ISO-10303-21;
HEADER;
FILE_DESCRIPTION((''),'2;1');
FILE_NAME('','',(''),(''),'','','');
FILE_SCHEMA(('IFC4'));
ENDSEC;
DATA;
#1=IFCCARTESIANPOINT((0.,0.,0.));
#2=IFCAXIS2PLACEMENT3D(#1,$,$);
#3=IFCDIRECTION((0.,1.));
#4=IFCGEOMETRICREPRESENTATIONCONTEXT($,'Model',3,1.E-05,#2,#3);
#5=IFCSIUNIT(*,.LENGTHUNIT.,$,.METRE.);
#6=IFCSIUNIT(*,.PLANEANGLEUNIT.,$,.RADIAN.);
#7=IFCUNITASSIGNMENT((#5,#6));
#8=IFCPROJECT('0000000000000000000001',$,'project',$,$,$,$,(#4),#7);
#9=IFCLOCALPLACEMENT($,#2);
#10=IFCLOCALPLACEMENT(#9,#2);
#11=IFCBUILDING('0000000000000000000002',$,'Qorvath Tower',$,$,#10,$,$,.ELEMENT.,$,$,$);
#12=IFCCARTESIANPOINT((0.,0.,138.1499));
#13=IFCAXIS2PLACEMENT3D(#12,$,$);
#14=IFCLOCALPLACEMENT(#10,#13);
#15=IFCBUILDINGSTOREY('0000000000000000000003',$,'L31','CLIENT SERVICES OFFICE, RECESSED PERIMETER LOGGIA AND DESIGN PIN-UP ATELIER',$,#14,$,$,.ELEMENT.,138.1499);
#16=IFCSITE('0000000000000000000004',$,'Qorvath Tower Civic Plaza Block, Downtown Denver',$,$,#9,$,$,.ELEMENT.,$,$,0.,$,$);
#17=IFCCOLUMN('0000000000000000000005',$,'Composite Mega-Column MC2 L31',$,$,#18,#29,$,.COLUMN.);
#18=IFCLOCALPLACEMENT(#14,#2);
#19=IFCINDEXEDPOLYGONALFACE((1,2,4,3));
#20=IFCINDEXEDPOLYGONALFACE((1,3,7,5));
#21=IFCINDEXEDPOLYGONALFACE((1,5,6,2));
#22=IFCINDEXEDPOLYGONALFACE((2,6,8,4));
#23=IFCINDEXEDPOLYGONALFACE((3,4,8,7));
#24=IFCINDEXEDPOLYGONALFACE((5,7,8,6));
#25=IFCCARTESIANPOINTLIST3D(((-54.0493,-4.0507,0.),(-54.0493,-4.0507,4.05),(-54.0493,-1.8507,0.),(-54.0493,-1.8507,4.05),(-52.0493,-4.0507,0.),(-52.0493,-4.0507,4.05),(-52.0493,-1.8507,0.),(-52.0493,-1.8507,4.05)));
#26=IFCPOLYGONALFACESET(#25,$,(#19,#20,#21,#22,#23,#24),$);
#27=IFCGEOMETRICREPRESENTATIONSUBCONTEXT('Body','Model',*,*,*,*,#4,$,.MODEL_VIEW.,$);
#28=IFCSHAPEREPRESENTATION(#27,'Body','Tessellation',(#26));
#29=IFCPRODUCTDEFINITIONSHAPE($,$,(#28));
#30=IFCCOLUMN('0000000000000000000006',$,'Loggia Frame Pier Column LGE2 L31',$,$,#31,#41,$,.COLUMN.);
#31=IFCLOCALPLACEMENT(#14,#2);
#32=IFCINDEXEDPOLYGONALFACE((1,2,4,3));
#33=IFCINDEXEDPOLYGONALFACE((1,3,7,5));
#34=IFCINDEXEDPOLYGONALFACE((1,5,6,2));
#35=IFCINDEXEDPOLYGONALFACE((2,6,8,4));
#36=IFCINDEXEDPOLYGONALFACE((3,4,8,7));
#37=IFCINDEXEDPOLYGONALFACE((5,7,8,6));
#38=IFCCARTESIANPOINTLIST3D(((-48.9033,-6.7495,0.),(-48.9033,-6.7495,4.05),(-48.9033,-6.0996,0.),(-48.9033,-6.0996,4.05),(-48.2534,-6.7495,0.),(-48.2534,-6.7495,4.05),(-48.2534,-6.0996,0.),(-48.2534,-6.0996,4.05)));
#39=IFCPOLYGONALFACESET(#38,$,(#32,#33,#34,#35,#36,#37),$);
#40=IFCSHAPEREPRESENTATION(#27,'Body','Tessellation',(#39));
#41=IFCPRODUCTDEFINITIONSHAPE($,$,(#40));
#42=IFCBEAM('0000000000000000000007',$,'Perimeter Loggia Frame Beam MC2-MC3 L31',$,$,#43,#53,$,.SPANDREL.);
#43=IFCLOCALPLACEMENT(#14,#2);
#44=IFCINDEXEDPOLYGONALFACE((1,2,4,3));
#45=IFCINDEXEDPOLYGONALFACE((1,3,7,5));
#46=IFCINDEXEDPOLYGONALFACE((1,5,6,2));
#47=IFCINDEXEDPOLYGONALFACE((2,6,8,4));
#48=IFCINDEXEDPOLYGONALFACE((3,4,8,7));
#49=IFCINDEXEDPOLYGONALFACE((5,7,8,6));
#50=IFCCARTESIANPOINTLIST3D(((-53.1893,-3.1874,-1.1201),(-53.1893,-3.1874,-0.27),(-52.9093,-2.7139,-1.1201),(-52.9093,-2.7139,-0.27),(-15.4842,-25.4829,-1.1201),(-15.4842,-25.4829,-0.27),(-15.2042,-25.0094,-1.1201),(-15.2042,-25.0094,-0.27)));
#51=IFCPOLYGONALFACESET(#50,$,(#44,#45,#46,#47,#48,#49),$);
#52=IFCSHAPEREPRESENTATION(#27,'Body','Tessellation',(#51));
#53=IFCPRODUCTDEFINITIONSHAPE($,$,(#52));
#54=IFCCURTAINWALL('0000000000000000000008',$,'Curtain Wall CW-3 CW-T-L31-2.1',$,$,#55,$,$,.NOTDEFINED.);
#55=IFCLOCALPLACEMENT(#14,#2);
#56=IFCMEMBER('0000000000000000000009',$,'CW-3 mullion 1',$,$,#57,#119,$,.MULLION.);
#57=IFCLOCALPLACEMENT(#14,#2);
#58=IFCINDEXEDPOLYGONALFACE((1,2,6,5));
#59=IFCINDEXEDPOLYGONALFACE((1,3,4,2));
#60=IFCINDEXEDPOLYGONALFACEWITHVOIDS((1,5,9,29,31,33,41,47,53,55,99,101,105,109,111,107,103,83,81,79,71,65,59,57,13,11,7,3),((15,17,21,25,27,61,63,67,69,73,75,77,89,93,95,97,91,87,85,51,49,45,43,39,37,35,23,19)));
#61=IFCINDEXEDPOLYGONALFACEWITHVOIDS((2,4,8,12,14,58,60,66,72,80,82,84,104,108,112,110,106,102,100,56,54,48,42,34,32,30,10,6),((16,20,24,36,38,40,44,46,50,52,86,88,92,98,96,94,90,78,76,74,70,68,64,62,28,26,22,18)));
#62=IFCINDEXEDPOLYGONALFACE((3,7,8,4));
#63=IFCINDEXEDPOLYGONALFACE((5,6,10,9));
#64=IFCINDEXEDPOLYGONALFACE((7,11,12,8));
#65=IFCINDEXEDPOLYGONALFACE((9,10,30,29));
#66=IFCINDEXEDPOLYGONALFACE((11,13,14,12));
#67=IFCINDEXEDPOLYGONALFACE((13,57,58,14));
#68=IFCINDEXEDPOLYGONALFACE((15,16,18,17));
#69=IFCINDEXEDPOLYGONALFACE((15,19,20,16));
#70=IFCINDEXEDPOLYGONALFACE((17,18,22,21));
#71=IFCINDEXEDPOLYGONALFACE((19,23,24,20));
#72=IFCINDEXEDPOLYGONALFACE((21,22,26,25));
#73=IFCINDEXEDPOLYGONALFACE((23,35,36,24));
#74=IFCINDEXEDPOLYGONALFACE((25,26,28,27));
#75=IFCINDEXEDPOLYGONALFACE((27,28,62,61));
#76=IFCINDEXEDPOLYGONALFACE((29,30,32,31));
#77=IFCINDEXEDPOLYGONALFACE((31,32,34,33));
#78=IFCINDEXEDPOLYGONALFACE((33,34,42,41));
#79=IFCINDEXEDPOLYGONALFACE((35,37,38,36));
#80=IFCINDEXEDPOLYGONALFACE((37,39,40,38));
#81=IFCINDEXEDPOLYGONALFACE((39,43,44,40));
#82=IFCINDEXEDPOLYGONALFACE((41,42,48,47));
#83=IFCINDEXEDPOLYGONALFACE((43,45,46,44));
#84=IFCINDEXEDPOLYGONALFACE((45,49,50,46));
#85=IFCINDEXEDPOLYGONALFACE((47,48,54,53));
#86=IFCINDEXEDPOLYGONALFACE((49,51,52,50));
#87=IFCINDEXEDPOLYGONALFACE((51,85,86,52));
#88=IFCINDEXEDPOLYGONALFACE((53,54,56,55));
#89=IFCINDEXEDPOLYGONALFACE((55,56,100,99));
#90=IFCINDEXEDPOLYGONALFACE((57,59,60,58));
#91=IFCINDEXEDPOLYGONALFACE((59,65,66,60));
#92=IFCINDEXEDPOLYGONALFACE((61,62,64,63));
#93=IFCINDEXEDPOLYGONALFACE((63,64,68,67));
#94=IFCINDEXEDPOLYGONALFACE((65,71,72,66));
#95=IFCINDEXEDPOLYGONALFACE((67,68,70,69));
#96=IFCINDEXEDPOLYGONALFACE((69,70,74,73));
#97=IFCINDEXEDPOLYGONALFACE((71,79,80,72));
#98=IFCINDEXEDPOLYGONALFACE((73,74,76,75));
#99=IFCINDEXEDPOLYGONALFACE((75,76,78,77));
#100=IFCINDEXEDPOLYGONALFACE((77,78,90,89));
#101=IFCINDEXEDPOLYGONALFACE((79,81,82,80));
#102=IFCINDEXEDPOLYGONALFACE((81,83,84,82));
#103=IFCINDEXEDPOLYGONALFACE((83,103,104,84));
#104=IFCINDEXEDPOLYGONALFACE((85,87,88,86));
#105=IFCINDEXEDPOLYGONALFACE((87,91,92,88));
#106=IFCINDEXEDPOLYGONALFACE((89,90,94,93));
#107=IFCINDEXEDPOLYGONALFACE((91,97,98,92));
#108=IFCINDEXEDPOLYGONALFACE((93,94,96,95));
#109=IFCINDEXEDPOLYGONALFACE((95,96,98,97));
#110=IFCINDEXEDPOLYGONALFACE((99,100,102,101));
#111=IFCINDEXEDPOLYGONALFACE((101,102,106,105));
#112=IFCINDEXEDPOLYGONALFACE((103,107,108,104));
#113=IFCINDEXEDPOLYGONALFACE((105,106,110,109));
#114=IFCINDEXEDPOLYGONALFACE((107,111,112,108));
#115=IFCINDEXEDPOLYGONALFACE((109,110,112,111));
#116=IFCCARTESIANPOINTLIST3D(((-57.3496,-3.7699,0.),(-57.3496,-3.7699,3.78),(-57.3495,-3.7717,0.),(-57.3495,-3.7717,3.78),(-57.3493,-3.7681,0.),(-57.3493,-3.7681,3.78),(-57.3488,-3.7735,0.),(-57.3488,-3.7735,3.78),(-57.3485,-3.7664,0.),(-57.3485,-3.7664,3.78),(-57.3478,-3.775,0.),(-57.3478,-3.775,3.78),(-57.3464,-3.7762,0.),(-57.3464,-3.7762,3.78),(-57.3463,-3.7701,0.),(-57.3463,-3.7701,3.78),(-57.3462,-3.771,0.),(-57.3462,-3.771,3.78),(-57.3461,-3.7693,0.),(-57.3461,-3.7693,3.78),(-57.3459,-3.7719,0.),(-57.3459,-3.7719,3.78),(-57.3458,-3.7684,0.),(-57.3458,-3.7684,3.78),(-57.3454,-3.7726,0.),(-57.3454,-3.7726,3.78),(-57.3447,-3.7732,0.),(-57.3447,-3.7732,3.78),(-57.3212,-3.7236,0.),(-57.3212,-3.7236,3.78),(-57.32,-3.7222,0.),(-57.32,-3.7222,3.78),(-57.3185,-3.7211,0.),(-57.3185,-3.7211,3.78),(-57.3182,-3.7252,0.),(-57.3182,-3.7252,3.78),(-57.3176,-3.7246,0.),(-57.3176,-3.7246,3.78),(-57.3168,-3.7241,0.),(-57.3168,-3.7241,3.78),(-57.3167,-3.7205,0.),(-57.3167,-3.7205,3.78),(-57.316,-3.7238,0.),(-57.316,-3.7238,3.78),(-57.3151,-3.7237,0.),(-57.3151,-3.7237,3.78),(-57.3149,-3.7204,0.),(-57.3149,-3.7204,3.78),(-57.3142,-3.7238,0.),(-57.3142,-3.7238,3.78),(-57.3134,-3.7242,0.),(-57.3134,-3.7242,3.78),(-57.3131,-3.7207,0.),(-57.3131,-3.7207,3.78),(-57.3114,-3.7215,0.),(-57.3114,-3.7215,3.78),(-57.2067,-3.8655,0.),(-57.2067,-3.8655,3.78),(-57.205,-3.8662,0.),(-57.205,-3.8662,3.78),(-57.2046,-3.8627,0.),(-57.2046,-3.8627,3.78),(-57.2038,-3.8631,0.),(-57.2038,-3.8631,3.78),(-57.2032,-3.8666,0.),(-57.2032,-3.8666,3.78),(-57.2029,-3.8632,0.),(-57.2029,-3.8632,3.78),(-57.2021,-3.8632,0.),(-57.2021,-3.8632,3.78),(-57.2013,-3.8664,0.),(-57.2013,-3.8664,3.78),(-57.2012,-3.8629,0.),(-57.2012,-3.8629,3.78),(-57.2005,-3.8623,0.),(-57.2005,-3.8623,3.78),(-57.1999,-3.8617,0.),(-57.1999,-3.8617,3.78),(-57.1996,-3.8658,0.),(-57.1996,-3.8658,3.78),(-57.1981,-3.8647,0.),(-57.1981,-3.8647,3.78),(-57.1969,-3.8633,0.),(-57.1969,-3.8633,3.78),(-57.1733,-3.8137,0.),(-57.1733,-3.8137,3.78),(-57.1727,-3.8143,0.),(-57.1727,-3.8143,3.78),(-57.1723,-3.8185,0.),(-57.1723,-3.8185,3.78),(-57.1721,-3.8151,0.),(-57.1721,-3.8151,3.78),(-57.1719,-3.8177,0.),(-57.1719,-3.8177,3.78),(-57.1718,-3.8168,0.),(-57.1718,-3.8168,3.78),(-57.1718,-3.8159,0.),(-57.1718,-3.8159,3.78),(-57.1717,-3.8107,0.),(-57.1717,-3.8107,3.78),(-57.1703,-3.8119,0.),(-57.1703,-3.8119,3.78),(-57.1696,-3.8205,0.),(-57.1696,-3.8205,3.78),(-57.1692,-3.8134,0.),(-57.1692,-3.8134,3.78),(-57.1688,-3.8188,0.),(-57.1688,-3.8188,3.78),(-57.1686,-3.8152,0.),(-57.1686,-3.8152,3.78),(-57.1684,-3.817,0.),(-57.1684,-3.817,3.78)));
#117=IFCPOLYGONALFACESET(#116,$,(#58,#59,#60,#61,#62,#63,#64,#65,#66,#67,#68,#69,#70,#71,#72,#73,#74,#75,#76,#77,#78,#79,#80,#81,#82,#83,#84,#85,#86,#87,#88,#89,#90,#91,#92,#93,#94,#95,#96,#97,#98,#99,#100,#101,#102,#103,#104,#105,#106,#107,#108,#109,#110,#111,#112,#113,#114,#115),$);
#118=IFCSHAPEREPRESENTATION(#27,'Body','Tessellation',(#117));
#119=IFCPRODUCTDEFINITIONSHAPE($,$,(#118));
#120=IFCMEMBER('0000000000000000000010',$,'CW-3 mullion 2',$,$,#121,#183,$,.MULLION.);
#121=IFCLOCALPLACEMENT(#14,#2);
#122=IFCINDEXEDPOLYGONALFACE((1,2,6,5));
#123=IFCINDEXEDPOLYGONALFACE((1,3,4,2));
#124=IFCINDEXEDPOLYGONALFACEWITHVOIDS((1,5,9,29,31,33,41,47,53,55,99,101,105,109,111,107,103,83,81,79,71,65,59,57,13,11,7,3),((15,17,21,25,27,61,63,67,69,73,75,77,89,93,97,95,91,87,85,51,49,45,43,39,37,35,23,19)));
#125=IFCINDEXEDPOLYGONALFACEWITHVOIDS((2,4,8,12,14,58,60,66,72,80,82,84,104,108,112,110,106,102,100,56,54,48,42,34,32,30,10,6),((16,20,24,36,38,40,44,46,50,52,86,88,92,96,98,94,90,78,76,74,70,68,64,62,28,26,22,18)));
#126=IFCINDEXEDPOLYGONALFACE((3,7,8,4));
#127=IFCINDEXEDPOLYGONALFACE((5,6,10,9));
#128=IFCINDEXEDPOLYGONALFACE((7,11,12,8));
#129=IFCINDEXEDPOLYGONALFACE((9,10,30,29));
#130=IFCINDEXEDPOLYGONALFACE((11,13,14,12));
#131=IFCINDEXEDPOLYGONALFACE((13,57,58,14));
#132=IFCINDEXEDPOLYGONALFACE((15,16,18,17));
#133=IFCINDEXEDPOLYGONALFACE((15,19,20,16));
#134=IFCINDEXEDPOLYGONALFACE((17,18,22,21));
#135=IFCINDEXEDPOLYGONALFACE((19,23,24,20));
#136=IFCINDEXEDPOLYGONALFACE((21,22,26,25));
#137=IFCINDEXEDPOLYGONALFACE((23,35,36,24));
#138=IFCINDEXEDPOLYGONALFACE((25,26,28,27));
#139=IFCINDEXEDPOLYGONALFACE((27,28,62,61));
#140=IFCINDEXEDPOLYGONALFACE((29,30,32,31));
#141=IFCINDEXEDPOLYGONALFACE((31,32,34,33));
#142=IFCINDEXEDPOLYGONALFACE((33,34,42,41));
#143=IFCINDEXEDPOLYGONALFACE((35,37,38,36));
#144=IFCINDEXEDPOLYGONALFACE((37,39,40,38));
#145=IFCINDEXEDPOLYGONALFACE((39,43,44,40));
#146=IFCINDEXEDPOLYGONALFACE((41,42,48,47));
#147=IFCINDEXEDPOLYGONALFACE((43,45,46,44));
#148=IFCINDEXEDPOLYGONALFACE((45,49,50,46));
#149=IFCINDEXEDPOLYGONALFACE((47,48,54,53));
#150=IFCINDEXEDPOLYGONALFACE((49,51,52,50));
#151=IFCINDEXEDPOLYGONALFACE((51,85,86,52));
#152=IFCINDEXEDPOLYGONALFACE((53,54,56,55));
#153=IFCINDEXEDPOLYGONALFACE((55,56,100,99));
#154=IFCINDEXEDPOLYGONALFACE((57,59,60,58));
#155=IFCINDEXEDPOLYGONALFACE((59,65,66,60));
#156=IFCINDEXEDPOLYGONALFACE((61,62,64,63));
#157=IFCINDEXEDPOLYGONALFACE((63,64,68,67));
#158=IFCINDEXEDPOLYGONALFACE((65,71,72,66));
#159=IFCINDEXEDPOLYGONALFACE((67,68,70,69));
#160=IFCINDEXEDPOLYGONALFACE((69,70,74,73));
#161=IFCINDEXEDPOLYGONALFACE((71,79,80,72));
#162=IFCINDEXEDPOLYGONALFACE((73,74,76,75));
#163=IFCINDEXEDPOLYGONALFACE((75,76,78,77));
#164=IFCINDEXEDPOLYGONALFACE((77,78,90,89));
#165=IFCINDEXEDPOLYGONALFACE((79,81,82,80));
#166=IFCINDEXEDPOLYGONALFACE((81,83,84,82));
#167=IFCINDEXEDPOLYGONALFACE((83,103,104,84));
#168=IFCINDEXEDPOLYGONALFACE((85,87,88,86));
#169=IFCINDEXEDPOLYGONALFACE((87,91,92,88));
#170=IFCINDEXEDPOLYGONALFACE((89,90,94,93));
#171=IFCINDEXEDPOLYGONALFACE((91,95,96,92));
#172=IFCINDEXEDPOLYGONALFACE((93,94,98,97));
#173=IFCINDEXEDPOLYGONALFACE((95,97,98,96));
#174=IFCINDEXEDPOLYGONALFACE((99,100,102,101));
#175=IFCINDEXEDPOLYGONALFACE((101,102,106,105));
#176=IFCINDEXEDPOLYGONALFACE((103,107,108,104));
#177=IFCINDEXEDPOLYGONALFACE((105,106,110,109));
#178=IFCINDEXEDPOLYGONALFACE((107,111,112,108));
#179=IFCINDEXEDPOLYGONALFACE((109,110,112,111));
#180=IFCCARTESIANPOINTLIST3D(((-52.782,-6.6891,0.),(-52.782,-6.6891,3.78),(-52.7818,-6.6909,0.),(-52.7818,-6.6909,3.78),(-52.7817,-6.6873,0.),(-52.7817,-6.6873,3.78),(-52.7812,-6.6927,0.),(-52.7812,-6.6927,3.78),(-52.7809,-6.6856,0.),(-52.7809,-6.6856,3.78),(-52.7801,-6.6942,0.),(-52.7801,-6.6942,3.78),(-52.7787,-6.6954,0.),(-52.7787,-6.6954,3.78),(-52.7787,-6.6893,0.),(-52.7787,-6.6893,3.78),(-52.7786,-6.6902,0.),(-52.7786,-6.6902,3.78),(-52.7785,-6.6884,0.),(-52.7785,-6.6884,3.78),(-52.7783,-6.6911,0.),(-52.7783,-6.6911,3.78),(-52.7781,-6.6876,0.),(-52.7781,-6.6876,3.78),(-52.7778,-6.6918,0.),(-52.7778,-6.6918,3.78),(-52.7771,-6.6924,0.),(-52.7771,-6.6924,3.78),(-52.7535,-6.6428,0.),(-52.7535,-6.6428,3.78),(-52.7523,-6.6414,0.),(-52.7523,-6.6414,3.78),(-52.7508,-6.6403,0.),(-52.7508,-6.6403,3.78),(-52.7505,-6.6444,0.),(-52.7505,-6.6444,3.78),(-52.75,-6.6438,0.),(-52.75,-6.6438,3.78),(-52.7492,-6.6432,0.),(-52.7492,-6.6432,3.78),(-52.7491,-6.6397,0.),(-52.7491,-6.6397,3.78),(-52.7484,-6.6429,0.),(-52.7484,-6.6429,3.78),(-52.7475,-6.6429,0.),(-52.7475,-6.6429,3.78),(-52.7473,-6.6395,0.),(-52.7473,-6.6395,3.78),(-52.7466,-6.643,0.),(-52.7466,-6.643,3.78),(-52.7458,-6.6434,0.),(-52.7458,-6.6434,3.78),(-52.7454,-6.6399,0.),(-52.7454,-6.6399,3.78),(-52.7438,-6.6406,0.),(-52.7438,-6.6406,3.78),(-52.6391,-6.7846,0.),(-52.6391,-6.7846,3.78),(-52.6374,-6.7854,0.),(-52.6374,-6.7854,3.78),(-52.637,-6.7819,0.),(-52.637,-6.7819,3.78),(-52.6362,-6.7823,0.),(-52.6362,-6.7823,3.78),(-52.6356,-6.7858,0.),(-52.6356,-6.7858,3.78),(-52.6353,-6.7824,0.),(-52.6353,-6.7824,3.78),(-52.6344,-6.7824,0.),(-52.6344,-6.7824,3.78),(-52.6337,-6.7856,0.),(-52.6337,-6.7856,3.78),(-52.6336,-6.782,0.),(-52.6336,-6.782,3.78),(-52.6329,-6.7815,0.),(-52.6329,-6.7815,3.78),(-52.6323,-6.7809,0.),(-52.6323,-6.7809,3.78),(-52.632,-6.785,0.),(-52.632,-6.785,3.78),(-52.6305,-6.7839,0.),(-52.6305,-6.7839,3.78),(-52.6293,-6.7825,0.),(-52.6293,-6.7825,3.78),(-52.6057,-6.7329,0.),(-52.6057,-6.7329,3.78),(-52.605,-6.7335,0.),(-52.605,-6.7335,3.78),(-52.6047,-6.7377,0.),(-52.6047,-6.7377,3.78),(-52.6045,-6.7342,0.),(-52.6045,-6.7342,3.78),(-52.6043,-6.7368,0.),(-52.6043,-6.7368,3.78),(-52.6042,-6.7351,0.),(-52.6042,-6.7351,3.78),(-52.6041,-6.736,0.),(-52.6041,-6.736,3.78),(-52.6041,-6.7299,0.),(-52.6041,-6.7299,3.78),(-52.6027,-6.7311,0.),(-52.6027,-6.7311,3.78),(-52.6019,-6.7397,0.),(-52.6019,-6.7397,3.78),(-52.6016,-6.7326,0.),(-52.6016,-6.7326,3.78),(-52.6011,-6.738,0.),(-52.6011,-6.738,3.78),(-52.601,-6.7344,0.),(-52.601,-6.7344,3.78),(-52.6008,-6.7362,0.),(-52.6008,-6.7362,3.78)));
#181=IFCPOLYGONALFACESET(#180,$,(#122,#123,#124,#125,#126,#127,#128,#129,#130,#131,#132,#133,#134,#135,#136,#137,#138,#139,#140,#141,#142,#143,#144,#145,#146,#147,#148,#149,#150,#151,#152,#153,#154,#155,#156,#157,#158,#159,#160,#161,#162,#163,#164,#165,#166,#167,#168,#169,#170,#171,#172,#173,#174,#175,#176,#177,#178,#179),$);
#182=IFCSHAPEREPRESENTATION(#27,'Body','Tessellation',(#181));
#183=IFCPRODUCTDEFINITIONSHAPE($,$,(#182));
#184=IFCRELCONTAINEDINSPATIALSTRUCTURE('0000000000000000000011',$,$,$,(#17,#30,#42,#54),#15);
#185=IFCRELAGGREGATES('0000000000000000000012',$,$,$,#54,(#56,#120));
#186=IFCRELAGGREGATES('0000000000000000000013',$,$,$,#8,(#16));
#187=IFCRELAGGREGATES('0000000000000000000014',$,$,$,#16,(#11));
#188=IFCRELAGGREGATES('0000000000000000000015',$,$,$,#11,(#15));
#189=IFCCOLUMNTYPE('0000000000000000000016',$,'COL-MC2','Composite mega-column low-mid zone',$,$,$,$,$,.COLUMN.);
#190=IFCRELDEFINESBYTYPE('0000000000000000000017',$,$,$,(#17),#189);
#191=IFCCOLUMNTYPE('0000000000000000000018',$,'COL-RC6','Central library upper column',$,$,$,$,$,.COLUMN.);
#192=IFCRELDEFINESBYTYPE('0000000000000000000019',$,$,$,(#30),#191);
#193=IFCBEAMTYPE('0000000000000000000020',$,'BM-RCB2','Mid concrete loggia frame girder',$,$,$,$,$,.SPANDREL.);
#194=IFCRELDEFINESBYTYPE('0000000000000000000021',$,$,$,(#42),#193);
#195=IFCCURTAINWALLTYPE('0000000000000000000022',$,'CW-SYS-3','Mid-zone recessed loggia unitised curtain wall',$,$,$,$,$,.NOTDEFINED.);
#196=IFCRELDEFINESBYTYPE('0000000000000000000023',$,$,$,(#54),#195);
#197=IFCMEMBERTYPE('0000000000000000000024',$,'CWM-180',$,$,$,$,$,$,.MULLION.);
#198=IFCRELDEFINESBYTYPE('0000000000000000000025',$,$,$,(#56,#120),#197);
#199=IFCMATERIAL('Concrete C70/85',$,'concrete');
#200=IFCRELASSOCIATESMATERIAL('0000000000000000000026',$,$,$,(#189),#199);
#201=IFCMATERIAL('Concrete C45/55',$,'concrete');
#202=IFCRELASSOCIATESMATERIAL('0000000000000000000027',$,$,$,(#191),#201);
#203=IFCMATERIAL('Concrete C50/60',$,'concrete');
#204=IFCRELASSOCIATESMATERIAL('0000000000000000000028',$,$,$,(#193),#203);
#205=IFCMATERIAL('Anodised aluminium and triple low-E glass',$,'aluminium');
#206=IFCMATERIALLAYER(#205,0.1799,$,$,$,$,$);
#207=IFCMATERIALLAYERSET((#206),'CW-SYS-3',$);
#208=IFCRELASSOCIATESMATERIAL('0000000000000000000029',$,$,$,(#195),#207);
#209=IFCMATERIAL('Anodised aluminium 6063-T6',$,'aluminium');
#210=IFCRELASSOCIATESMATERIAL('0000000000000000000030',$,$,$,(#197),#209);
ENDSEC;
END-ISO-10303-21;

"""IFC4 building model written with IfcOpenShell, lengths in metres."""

from ifc_helpers import new_model, si_unit, direction, frame, origin, origin_2d, place, context, subcontext, project, spatial, rectangle, hollow_rectangle, extrude, material, layer, layer_set, material_profile, profile_set, type_object, element, aggregate, save


model = new_model("IFC4")

# Units and contexts
model_context = context("Model", 3, precision=1e-05, world=origin(), true_north=direction((0.0, 1.0)))
body_context = subcontext(model_context, "Body", "Model", "MODEL_VIEW")
ifc_project = project(units=[si_unit("LENGTHUNIT", "METRE"), si_unit("PLANEANGLEUNIT", "RADIAN")], contexts=[model_context])

# Site, building, storey
site_placement = place(None, origin())
site = spatial("IfcSite", under=ifc_project, at=site_placement, Name="Qorvath Tower Civic Plaza Block, Downtown Denver", CompositionType="ELEMENT", RefElevation=0.0)
building_placement = place(site_placement, origin())
building = spatial("IfcBuilding", under=site, at=building_placement, Name="Qorvath Tower", CompositionType="ELEMENT")
storey_placement = place(building_placement, frame((0.0, 0.0, 138.1499)))
storey = spatial("IfcBuildingStorey", under=building, at=storey_placement, Name="L31", Description="CLIENT SERVICES OFFICE, RECESSED PERIMETER LOGGIA AND DESIGN PIN-UP ATELIER", CompositionType="ELEMENT", Elevation=138.1499)

# Columns
ifc_material_1 = material(Name="Concrete C70/85", Category="concrete")
ifc_material_profile_1 = material_profile(ifc_material_1, rectangle(XDim=2.0, YDim=2.2, at=origin_2d()), Name="MC 2200x2000")
ifc_profile_set_1 = profile_set([ifc_material_profile_1], Name="Concrete C70/85")
column_type_1 = type_object("IfcColumnType", Name="COL-MC2", Description="Composite mega-column low-mid zone", PredefinedType="COLUMN", material=ifc_profile_set_1)
column_1_placement = place(storey_placement, frame((-53.0493, -2.9507, 0.0), z_axis=(0.0, 0.0, 1.0), x_axis=(1.0, 0.0, 0.0)))
element("IfcColumn", 1, at=column_1_placement, inside=storey, type_object=column_type_1, Name="Composite Mega-Column MC2 L31", PredefinedType="COLUMN", context=body_context, shape_type="SweptSolid", body=[
    extrude(rectangle(XDim=2.0, YDim=2.2, at=origin_2d()), origin(), (0.0, 0.0, 1.0), 4.05),
])
ifc_material_2 = material(Name="Concrete C45/55", Category="concrete")
ifc_material_profile_2 = material_profile(ifc_material_2, rectangle(XDim=0.6499, YDim=0.6499, at=origin_2d()), Name="RC 650x650")
ifc_profile_set_2 = profile_set([ifc_material_profile_2], Name="Concrete C45/55")
column_type_2 = type_object("IfcColumnType", Name="COL-RC6", Description="Central library upper column", PredefinedType="COLUMN", material=ifc_profile_set_2)
column_2_placement = place(storey_placement, frame((-48.5784, -6.4246, 0.0), z_axis=(0.0, 0.0, 1.0), x_axis=(1.0, 0.0, 0.0)))
element("IfcColumn", 2, at=column_2_placement, inside=storey, type_object=column_type_2, Name="Loggia Frame Pier Column LGE2 L31", PredefinedType="COLUMN", context=body_context, shape_type="SweptSolid", body=[
    extrude(rectangle(XDim=0.6499, YDim=0.6499, at=origin_2d()), origin(), (0.0, 0.0, 1.0), 4.05),
])

# Beam
ifc_material_3 = material(Name="Concrete C50/60", Category="concrete")
ifc_material_profile_3 = material_profile(ifc_material_3, rectangle(XDim=0.55, YDim=0.8501, at=origin_2d()), Name="RCB 850x550")
ifc_profile_set_3 = profile_set([ifc_material_profile_3], Name="Concrete C50/60")
beam_type = type_object("IfcBeamType", Name="BM-RCB2", Description="Mid concrete loggia frame girder", PredefinedType="SPANDREL", material=ifc_profile_set_3)
beam_placement = place(storey_placement, frame((-53.0493, -2.9507, -0.6951), z_axis=(0.860775, -0.508985, 0.0), x_axis=(0.508985, 0.860775, 0.0)))
element("IfcBeam", 3, at=beam_placement, inside=storey, type_object=beam_type, Name="Perimeter Loggia Frame Beam MC2-MC3 L31", PredefinedType="SPANDREL", context=body_context, shape_type="SweptSolid", body=[
    extrude(rectangle(XDim=0.55, YDim=0.8501, at=origin_2d()), origin(), (0.0, 0.0, 1.0), 43.8037),
])

# Curtain wall, members
ifc_material_4 = material(Name="Anodised aluminium and triple low-E glass", Category="aluminium")
ifc_layer_1 = layer(ifc_material_4, 0.1799)
ifc_layer_set_1 = layer_set([ifc_layer_1], Name="CW-SYS-3")
curtain_wall_type = type_object("IfcCurtainWallType", Name="CW-SYS-3", Description="Mid-zone recessed loggia unitised curtain wall", PredefinedType="NOTDEFINED", material=ifc_layer_set_1)
curtain_wall_placement = place(storey_placement, origin())
curtain_wall = element("IfcCurtainWall", 4, at=curtain_wall_placement, inside=storey, type_object=curtain_wall_type, Name="Curtain Wall CW-3 CW-T-L31-2.1", PredefinedType="NOTDEFINED")
ifc_material_5 = material(Name="Anodised aluminium 6063-T6", Category="aluminium")
ifc_material_profile_4 = material_profile(ifc_material_5, hollow_rectangle(XDim=0.0649, YDim=0.1799, WallThickness=0.0034, InnerFilletRadius=0.0034, OuterFilletRadius=0.0071, at=origin_2d()), Name="CWM 180x65")
ifc_profile_set_4 = profile_set([ifc_material_profile_4], Name="Anodised aluminium 6063-T6")
member_type_1 = type_object("IfcMemberType", Name="CWM-180", PredefinedType="MULLION", material=ifc_profile_set_4)
member_1_placement = place(storey_placement, frame((-57.259, -3.7935, 0.0), z_axis=(0.0, 0.0, 1.0), x_axis=(0.538534, 0.842604, 0.0)))
member_1 = element("IfcMember", 5, at=member_1_placement, type_object=member_type_1, Name="CW-3 mullion 1", PredefinedType="MULLION", context=body_context, shape_type="SweptSolid", body=[
    extrude(hollow_rectangle(XDim=0.0649, YDim=0.1799, WallThickness=0.0034, InnerFilletRadius=0.0034, OuterFilletRadius=0.0071, at=origin_2d()), origin(), (0.0, 0.0, 1.0), 3.78),
])
member_2_placement = place(storey_placement, frame((-52.6914, -6.7126, 0.0), z_axis=(0.0, 0.0, 1.0), x_axis=(0.538534, 0.842604, 0.0)))
member_2 = element("IfcMember", 6, at=member_2_placement, type_object=member_type_1, Name="CW-3 mullion 2", PredefinedType="MULLION", context=body_context, shape_type="SweptSolid", body=[
    extrude(hollow_rectangle(XDim=0.0649, YDim=0.1799, WallThickness=0.0034, InnerFilletRadius=0.0034, OuterFilletRadius=0.0071, at=origin_2d()), origin(), (0.0, 0.0, 1.0), 3.78),
])

aggregate(curtain_wall, [member_1, member_2])

save(model, "model.ifc")
